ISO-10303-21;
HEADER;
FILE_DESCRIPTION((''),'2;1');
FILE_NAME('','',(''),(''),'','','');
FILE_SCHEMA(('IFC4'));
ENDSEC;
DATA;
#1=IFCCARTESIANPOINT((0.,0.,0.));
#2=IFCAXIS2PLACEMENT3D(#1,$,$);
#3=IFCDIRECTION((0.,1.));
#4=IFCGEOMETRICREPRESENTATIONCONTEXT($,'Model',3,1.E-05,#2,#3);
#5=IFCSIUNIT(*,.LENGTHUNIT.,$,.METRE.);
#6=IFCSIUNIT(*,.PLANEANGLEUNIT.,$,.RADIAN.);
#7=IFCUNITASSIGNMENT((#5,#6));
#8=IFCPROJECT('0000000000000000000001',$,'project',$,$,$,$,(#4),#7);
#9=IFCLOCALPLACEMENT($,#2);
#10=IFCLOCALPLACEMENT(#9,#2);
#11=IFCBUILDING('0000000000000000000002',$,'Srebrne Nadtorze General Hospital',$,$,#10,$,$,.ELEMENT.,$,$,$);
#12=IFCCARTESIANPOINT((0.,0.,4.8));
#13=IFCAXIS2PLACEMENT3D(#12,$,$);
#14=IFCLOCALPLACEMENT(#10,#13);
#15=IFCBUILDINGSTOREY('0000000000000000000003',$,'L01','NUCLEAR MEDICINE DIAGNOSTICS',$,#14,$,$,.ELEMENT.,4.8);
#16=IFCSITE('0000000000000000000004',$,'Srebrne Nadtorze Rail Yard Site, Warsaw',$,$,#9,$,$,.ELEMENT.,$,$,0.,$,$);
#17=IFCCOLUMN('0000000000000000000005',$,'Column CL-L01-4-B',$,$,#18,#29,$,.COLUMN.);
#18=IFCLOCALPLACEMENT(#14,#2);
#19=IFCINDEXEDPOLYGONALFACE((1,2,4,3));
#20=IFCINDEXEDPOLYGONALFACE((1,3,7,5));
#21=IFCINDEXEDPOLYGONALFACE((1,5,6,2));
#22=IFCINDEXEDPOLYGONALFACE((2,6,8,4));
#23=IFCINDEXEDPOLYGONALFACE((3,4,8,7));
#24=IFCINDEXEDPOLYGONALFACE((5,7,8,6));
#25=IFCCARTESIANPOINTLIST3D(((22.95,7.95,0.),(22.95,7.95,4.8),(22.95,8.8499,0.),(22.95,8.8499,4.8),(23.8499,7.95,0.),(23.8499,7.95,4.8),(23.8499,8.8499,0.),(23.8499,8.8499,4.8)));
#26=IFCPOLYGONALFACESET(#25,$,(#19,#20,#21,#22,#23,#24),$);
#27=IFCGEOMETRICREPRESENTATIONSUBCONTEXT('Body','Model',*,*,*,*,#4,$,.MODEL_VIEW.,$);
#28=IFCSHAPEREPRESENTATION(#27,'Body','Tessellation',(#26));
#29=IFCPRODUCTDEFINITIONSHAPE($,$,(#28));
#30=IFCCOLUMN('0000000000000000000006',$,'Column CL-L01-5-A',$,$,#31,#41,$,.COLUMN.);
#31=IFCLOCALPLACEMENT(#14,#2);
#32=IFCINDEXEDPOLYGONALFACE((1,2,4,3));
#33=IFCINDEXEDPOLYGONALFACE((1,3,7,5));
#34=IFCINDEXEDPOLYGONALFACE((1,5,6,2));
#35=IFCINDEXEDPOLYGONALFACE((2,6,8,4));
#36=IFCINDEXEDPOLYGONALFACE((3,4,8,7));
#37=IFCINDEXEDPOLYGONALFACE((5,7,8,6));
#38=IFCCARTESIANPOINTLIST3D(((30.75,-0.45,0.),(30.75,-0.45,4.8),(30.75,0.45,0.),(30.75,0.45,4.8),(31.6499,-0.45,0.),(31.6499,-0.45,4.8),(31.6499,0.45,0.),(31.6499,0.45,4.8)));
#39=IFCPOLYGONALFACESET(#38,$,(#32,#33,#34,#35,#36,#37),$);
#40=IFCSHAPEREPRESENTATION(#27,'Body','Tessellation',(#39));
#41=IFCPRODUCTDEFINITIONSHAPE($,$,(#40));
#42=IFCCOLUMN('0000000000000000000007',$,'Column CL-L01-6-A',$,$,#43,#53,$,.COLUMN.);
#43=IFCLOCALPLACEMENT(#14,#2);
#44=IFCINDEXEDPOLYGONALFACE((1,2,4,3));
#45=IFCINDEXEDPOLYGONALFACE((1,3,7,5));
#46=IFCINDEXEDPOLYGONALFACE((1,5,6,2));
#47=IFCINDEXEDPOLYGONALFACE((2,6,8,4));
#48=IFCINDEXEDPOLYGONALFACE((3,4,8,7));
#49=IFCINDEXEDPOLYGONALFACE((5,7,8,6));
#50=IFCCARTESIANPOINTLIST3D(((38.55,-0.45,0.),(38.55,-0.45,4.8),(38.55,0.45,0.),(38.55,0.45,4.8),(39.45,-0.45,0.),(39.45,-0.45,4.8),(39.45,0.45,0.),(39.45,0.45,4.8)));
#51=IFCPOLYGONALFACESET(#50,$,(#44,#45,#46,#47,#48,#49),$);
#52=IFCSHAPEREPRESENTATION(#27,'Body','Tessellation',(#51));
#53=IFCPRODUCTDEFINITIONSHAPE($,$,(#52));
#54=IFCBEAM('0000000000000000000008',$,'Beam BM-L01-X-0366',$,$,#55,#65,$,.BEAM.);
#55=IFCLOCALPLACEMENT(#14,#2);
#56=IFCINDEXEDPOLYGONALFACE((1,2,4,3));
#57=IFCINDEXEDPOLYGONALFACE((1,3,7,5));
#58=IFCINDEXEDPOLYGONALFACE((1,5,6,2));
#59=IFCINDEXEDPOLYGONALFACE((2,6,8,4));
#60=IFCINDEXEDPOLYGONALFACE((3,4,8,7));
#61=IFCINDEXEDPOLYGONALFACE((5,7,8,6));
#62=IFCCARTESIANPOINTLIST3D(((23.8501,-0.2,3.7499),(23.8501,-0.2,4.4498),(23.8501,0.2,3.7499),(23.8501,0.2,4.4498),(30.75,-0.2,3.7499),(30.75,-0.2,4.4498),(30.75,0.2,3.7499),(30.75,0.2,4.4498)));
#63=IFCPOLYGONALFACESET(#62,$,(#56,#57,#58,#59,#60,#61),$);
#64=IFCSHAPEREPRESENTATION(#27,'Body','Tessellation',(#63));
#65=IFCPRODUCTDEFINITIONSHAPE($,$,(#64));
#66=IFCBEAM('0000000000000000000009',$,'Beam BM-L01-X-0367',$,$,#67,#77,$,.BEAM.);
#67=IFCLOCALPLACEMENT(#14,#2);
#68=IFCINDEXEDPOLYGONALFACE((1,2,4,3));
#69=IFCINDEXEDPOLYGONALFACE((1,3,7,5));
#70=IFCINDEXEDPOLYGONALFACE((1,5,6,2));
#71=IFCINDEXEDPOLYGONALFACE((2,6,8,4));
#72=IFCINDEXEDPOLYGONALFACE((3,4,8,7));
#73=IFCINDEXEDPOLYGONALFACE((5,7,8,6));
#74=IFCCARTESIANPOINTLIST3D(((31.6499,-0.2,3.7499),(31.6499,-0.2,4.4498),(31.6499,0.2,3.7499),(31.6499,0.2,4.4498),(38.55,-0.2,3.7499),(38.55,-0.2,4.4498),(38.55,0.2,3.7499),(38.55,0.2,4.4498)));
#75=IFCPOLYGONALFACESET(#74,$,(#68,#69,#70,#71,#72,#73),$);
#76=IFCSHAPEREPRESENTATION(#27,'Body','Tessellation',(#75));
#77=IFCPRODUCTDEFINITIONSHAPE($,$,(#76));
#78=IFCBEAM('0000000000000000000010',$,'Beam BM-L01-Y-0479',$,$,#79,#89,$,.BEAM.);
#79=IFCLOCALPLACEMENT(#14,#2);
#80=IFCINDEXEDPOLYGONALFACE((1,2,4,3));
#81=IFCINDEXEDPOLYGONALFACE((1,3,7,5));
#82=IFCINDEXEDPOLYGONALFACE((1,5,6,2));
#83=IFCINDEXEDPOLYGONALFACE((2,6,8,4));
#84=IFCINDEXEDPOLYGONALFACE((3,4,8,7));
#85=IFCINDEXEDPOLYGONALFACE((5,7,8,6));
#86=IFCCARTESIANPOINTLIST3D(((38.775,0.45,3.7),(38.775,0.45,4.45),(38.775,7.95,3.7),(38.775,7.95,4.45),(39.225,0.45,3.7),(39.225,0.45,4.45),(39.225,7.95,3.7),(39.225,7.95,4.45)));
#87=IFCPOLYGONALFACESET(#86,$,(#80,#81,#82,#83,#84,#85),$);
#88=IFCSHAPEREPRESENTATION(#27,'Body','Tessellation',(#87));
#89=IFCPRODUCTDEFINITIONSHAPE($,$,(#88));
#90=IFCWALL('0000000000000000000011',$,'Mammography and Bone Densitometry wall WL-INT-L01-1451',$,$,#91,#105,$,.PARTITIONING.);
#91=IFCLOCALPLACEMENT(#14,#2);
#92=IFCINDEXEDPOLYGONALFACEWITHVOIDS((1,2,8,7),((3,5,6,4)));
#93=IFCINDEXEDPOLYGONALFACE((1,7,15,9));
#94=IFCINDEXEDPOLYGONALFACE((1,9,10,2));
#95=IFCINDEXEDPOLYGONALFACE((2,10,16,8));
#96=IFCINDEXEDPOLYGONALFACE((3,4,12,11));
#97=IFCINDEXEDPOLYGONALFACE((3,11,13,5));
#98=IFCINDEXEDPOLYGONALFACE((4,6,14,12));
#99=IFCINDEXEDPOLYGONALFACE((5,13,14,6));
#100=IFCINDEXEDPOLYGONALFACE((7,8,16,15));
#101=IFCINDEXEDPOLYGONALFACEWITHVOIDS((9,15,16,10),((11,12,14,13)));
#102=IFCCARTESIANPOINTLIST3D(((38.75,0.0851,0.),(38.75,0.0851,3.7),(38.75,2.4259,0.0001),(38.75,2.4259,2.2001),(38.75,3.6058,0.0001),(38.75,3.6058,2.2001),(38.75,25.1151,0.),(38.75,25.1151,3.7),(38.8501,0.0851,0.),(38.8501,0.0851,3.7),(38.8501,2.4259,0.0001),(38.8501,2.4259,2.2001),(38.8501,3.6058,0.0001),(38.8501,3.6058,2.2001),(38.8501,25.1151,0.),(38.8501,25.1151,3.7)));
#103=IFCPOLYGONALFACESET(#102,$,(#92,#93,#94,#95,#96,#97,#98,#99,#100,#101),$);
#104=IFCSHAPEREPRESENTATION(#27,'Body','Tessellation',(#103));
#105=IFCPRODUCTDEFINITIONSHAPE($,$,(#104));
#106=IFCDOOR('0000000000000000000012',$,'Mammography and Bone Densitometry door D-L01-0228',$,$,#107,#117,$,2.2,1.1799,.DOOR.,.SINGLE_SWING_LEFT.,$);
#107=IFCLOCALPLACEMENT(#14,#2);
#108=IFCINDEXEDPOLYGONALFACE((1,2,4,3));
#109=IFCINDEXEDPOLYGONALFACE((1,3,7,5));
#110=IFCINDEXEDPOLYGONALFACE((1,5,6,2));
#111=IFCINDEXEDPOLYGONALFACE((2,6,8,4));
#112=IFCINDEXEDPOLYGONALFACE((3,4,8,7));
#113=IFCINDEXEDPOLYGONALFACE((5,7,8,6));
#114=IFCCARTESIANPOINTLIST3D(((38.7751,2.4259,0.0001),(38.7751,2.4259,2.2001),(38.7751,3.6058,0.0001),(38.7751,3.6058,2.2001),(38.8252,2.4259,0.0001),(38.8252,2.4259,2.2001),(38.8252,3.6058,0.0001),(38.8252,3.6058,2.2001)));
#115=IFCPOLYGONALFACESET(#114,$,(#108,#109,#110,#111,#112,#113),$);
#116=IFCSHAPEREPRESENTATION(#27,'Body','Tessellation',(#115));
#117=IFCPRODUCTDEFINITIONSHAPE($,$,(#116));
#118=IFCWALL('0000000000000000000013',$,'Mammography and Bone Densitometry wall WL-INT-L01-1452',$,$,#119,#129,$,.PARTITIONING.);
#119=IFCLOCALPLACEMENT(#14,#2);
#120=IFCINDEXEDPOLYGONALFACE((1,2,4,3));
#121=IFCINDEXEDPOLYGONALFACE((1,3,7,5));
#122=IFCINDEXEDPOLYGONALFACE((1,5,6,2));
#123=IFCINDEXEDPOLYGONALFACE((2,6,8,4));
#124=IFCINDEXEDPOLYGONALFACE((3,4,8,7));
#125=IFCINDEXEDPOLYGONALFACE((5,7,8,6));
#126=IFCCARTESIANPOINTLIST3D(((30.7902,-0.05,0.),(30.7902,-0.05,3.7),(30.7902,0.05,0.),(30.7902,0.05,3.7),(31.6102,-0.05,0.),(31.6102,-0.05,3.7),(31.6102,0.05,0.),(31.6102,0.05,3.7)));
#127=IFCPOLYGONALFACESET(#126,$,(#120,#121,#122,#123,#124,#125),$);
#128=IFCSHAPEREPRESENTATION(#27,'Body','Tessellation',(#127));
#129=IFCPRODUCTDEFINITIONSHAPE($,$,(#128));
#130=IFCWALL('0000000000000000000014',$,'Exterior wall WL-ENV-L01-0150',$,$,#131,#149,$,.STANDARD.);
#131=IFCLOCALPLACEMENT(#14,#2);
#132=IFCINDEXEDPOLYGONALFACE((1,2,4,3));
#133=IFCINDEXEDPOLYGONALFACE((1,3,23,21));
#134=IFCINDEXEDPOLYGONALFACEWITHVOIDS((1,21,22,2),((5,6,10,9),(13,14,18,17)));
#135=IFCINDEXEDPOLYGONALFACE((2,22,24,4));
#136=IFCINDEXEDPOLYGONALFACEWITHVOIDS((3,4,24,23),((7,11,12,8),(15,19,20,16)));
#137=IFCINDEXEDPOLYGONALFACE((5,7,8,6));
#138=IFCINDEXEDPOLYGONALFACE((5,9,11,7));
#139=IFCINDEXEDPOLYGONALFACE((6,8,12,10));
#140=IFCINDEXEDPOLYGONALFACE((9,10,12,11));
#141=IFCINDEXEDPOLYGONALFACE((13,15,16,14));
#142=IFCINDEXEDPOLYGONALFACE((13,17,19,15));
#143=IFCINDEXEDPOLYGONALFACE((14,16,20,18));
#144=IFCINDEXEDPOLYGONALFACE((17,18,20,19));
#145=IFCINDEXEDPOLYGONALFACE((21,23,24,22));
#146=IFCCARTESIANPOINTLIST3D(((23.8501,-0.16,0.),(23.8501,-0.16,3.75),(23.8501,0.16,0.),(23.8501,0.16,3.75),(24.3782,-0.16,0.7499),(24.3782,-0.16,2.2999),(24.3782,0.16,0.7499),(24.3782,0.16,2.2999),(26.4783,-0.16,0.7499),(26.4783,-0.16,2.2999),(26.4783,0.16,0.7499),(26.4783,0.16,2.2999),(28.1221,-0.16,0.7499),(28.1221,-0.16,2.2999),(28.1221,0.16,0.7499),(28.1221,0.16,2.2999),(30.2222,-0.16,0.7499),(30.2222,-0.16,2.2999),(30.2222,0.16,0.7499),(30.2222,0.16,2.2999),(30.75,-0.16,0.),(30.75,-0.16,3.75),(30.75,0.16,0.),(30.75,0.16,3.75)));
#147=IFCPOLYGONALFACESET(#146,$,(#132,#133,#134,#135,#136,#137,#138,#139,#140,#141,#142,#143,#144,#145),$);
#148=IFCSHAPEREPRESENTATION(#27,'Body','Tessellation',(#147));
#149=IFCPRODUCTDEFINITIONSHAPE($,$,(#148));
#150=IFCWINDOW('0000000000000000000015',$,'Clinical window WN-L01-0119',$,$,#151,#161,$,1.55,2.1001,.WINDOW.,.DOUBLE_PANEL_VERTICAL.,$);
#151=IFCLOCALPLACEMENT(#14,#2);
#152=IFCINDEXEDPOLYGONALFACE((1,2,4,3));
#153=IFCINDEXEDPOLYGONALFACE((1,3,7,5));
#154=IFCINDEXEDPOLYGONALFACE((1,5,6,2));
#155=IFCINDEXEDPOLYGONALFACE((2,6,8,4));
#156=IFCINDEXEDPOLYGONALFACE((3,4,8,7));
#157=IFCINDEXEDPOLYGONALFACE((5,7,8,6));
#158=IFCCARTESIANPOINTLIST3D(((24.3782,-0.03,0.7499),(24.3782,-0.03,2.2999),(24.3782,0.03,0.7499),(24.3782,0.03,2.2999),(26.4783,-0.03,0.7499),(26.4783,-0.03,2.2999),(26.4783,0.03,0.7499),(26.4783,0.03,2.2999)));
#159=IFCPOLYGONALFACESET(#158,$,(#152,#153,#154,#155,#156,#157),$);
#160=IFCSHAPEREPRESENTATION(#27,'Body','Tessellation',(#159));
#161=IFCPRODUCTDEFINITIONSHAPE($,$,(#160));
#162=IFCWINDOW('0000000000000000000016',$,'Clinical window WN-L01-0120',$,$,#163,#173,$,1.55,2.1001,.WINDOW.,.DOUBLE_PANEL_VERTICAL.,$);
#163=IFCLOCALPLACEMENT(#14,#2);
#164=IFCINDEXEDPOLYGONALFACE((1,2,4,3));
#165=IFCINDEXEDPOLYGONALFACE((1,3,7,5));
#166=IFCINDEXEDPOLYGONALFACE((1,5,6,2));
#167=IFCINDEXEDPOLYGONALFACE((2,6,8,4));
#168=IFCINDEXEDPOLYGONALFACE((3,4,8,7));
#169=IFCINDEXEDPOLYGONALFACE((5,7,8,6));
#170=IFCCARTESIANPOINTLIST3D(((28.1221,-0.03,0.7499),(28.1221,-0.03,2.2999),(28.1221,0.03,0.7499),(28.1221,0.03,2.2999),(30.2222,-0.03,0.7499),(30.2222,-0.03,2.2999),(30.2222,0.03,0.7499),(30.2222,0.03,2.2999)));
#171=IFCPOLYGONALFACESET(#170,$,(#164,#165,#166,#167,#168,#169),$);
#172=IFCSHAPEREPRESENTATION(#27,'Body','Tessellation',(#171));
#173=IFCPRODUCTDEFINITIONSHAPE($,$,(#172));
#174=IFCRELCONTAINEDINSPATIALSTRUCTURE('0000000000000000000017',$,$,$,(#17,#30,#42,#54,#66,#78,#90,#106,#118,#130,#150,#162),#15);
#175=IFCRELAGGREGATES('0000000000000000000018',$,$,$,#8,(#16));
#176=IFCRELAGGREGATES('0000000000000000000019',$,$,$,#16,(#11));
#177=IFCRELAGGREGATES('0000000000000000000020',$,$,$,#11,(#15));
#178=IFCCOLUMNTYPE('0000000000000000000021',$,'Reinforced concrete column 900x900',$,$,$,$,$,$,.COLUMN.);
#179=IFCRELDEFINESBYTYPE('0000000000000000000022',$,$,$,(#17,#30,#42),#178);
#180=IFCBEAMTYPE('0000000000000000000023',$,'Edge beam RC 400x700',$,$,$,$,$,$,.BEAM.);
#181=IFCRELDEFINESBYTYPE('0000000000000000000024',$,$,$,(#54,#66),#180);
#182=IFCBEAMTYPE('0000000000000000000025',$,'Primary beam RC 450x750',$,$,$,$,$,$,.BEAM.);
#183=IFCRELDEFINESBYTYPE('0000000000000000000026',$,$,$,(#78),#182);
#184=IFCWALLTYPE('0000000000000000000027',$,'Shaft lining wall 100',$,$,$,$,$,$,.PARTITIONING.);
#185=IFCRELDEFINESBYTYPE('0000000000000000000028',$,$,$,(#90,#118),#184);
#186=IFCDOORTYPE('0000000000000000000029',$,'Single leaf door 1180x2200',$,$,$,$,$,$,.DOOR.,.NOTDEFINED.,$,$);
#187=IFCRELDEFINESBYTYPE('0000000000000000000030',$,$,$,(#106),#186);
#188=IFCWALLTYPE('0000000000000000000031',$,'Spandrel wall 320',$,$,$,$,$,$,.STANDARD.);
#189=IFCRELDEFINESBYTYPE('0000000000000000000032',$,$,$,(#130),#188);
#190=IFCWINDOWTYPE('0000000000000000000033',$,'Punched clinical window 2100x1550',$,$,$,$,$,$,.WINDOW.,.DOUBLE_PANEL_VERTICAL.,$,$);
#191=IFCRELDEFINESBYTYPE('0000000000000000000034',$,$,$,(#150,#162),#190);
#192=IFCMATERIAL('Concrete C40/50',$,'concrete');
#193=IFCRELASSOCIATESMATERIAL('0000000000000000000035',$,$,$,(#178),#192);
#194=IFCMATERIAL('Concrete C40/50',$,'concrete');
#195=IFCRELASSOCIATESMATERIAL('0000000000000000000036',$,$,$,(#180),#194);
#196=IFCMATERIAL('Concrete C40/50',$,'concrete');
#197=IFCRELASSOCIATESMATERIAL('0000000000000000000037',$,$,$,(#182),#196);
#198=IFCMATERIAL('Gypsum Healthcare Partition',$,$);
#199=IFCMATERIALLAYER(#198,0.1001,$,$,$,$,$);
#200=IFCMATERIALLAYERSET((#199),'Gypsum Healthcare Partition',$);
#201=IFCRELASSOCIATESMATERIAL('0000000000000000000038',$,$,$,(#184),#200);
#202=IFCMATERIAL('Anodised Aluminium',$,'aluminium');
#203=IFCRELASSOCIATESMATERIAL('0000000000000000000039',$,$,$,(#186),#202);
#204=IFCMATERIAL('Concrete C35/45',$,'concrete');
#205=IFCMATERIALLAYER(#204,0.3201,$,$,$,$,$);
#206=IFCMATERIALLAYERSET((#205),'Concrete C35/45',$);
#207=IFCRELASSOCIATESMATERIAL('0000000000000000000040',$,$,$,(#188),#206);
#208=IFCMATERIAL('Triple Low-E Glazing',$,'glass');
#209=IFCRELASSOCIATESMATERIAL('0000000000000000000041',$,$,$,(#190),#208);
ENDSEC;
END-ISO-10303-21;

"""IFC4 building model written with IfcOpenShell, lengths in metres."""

from ifc_helpers import new_model, si_unit, direction, frame, frame_2d, origin, origin_2d, place, context, subcontext, project, spatial, rectangle, extrude, material, layer, layer_set, material_profile, profile_set, type_object, element, fill, save


model = new_model("IFC4")

# Units and contexts
model_context = context("Model", 3, precision=1e-05, world=origin(), true_north=direction((0.0, 1.0)))
body_context = subcontext(model_context, "Body", "Model", "MODEL_VIEW")
ifc_project = project(units=[si_unit("LENGTHUNIT", "METRE"), si_unit("PLANEANGLEUNIT", "RADIAN")], contexts=[model_context])

# Site, building, storey
site_placement = place(None, origin())
site = spatial("IfcSite", under=ifc_project, at=site_placement, Name="Srebrne Nadtorze Rail Yard Site, Warsaw", CompositionType="ELEMENT", RefElevation=0.0)
building_placement = place(site_placement, origin())
building = spatial("IfcBuilding", under=site, at=building_placement, Name="Srebrne Nadtorze General Hospital", CompositionType="ELEMENT")
storey_placement = place(building_placement, frame((0.0, 0.0, 4.8)))
storey = spatial("IfcBuildingStorey", under=building, at=storey_placement, Name="L01", Description="NUCLEAR MEDICINE DIAGNOSTICS", CompositionType="ELEMENT", Elevation=4.8)

# Columns
ifc_material_1 = material(Name="Concrete C40/50", Category="concrete")
ifc_material_profile_1 = material_profile(ifc_material_1, rectangle(XDim=0.8999, YDim=0.8999, at=origin_2d()), Name="RC-COL-900x900")
ifc_profile_set_1 = profile_set([ifc_material_profile_1], Name="Concrete C40/50")
column_type = type_object("IfcColumnType", Name="Reinforced concrete column 900x900", PredefinedType="COLUMN", material=ifc_profile_set_1)
for number, where, z_axis, x_axis, name in (
    (1, (23.3999, 8.3999, 0.0), (0.0, 0.0, 1.0), (1.0, 0.0, 0.0), "Column CL-L01-4-B"),
    (2, (31.2, 0.0, 0.0), (0.0, 0.0, 1.0), (1.0, 0.0, 0.0), "Column CL-L01-5-A"),
    (3, (39.0, 0.0, 0.0), (0.0, 0.0, 1.0), (1.0, 0.0, 0.0), "Column CL-L01-6-A"),
):
    element("IfcColumn", number, at=place(storey_placement, frame(where, z_axis=z_axis, x_axis=x_axis)), inside=storey, type_object=column_type, Name=name, PredefinedType="COLUMN", context=body_context, shape_type="SweptSolid", body=[
        extrude(rectangle(XDim=0.8999, YDim=0.8999, at=origin_2d()), origin(), (0.0, 0.0, 1.0), 4.8),
    ])

# Beams
ifc_material_2 = material(Name="Concrete C40/50", Category="concrete")
ifc_material_profile_2 = material_profile(ifc_material_2, rectangle(XDim=0.3999, YDim=0.7, at=origin_2d()), Name="RC-BM-400x700")
ifc_profile_set_2 = profile_set([ifc_material_profile_2], Name="Concrete C40/50")
beam_type_1 = type_object("IfcBeamType", Name="Edge beam RC 400x700", PredefinedType="BEAM", material=ifc_profile_set_2)
beam_1_placement = place(storey_placement, frame((23.8501, 0.0, 4.0999), z_axis=(1.0, 0.0, 0.0), x_axis=(0.0, 1.0, 0.0)))
element("IfcBeam", 4, at=beam_1_placement, inside=storey, type_object=beam_type_1, Name="Beam BM-L01-X-0366", PredefinedType="BEAM", context=body_context, shape_type="SweptSolid", body=[
    extrude(rectangle(XDim=0.3999, YDim=0.7, at=origin_2d()), origin(), (0.0, 0.0, 1.0), 6.8999),
])
beam_2_placement = place(storey_placement, frame((31.6499, 0.0, 4.0999), z_axis=(1.0, 0.0, 0.0), x_axis=(0.0, 1.0, 0.0)))
element("IfcBeam", 5, at=beam_2_placement, inside=storey, type_object=beam_type_1, Name="Beam BM-L01-X-0367", PredefinedType="BEAM", context=body_context, shape_type="SweptSolid", body=[
    extrude(rectangle(XDim=0.3999, YDim=0.7, at=origin_2d()), origin(), (0.0, 0.0, 1.0), 6.9001),
])
ifc_material_3 = material(Name="Concrete C40/50", Category="concrete")
ifc_material_profile_3 = material_profile(ifc_material_3, rectangle(XDim=0.45, YDim=0.75, at=origin_2d()), Name="RC-BM-450x750")
ifc_profile_set_3 = profile_set([ifc_material_profile_3], Name="Concrete C40/50")
beam_type_2 = type_object("IfcBeamType", Name="Primary beam RC 450x750", PredefinedType="BEAM", material=ifc_profile_set_3)
beam_3_placement = place(storey_placement, frame((39.0, 0.45, 4.075), z_axis=(0.0, 1.0, 0.0), x_axis=(-1.0, 0.0, 0.0)))
element("IfcBeam", 6, at=beam_3_placement, inside=storey, type_object=beam_type_2, Name="Beam BM-L01-Y-0479", PredefinedType="BEAM", context=body_context, shape_type="SweptSolid", body=[
    extrude(rectangle(XDim=0.45, YDim=0.75, at=origin_2d()), origin(), (0.0, 0.0, 1.0), 7.5),
])

# Wall, opening, door
ifc_material_4 = material(Name="Gypsum Healthcare Partition")
ifc_layer_1 = layer(ifc_material_4, 0.1001)
ifc_layer_set_1 = layer_set([ifc_layer_1], Name="Gypsum Healthcare Partition")
wall_type_1 = type_object("IfcWallType", Name="Shaft lining wall 100", PredefinedType="PARTITIONING", material=ifc_layer_set_1)
wall_1_placement = place(storey_placement, frame((38.8, 0.085, 0.0), z_axis=(0.0, 0.0, 1.0), x_axis=(0.0, 1.0, 0.0)))
wall_1 = element("IfcWall", 7, at=wall_1_placement, inside=storey, type_object=wall_type_1, Name="Mammography and Bone Densitometry wall WL-INT-L01-1451", PredefinedType="PARTITIONING", context=body_context, shape_type="SweptSolid", body=[
    extrude(rectangle(XDim=25.03, YDim=0.1001, at=frame_2d((12.5151, 0.0))), origin(), (0.0, 0.0, 1.0), 3.7),
])
opening_1_placement = place(wall_1_placement, frame((2.3411, 0.0, 0.0)))
opening_1 = element("IfcOpeningElement", 8, at=opening_1_placement, cuts=wall_1, PredefinedType="OPENING", context=body_context, shape_type="SweptSolid", body=[
    extrude(rectangle(XDim=1.1799, YDim=2.2, at=frame_2d((0.5898, 1.1001))), frame((0.0, 0.062, 0.0), z_axis=(0.0, -1.0, 0.0), x_axis=(1.0, 0.0, 0.0)), (0.0, 0.0, 1.0), 0.124),
])
ifc_material_5 = material(Name="Anodised Aluminium", Category="aluminium")
door_type = type_object("IfcDoorType", Name="Single leaf door 1180x2200", OperationType="NOTDEFINED", PredefinedType="DOOR", material=ifc_material_5)
door_placement = place(opening_1_placement, origin())
door = element("IfcDoor", 9, at=door_placement, inside=storey, type_object=door_type, Name="Mammography and Bone Densitometry door D-L01-0228", OperationType="SINGLE_SWING_LEFT", OverallHeight=2.2, OverallWidth=1.1799, PredefinedType="DOOR", context=body_context, shape_type="SweptSolid", body=[
    extrude(rectangle(XDim=1.1799, YDim=2.2, at=frame_2d((0.5898, 1.1001))), frame((0.0, 0.0249, 0.0), z_axis=(0.0, -1.0, 0.0), x_axis=(1.0, 0.0, 0.0)), (0.0, 0.0, 1.0), 0.05),
])
fill(opening_1, door)

# Wall
wall_2_placement = place(storey_placement, frame((30.79, 0.0, 0.0), z_axis=(0.0, 0.0, 1.0), x_axis=(1.0, 0.0, 0.0)))
element("IfcWall", 10, at=wall_2_placement, inside=storey, type_object=wall_type_1, Name="Mammography and Bone Densitometry wall WL-INT-L01-1452", PredefinedType="PARTITIONING", context=body_context, shape_type="SweptSolid", body=[
    extrude(rectangle(XDim=0.8201, YDim=0.1001, at=frame_2d((0.4102, 0.0))), origin(), (0.0, 0.0, 1.0), 3.7),
])

# Wall, openings, windows
ifc_material_6 = material(Name="Concrete C35/45", Category="concrete")
ifc_layer_2 = layer(ifc_material_6, 0.3201)
ifc_layer_set_2 = layer_set([ifc_layer_2], Name="Concrete C35/45")
wall_type_2 = type_object("IfcWallType", Name="Spandrel wall 320", PredefinedType="STANDARD", material=ifc_layer_set_2)
wall_3_placement = place(storey_placement, frame((23.8501, 0.0, 0.0), z_axis=(0.0, 0.0, 1.0), x_axis=(1.0, 0.0, 0.0)))
wall_3 = element("IfcWall", 11, at=wall_3_placement, inside=storey, type_object=wall_type_2, Name="Exterior wall WL-ENV-L01-0150", PredefinedType="STANDARD", context=body_context, shape_type="SweptSolid", body=[
    extrude(rectangle(XDim=6.8999, YDim=0.3201, at=frame_2d((3.45, 0.0))), origin(), (0.0, 0.0, 1.0), 3.75),
])
opening_2_placement = place(wall_3_placement, frame((0.5281, 0.0, 0.75)))
opening_2 = element("IfcOpeningElement", 12, at=opening_2_placement, cuts=wall_3, PredefinedType="OPENING", context=body_context, shape_type="SweptSolid", body=[
    extrude(rectangle(XDim=2.1001, YDim=1.55, at=frame_2d((1.05, 0.7749))), frame((0.0, 0.1719, 0.0), z_axis=(0.0, -1.0, 0.0), x_axis=(1.0, 0.0, 0.0)), (0.0, 0.0, 1.0), 0.344),
])
opening_3_placement = place(wall_3_placement, frame((4.272, 0.0, 0.75)))
opening_3 = element("IfcOpeningElement", 13, at=opening_3_placement, cuts=wall_3, PredefinedType="OPENING", context=body_context, shape_type="SweptSolid", body=[
    extrude(rectangle(XDim=2.1001, YDim=1.55, at=frame_2d((1.05, 0.7749))), frame((0.0, 0.1719, 0.0), z_axis=(0.0, -1.0, 0.0), x_axis=(1.0, 0.0, 0.0)), (0.0, 0.0, 1.0), 0.344),
])
ifc_material_7 = material(Name="Triple Low-E Glazing", Category="glass")
window_type_1 = type_object("IfcWindowType", Name="Punched clinical window 2100x1550", PartitioningType="DOUBLE_PANEL_VERTICAL", PredefinedType="WINDOW", material=ifc_material_7)
window_1_placement = place(opening_2_placement, origin())
window_1 = element("IfcWindow", 14, at=window_1_placement, inside=storey, type_object=window_type_1, Name="Clinical window WN-L01-0119", OverallHeight=1.55, OverallWidth=2.1001, PartitioningType="DOUBLE_PANEL_VERTICAL", PredefinedType="WINDOW", context=body_context, shape_type="SweptSolid", body=[
    extrude(rectangle(XDim=2.1001, YDim=1.55, at=frame_2d((1.05, 0.7749))), frame((0.0, 0.03, 0.0), z_axis=(0.0, -1.0, 0.0), x_axis=(1.0, 0.0, 0.0)), (0.0, 0.0, 1.0), 0.0601),
])
fill(opening_2, window_1)
window_2_placement = place(opening_3_placement, origin())
window_2 = element("IfcWindow", 15, at=window_2_placement, inside=storey, type_object=window_type_1, Name="Clinical window WN-L01-0120", OverallHeight=1.55, OverallWidth=2.1001, PartitioningType="DOUBLE_PANEL_VERTICAL", PredefinedType="WINDOW", context=body_context, shape_type="SweptSolid", body=[
    extrude(rectangle(XDim=2.1001, YDim=1.55, at=frame_2d((1.05, 0.7749))), frame((0.0, 0.03, 0.0), z_axis=(0.0, -1.0, 0.0), x_axis=(1.0, 0.0, 0.0)), (0.0, 0.0, 1.0), 0.0601),
])
fill(opening_3, window_2)

save(model, "model.ifc")
